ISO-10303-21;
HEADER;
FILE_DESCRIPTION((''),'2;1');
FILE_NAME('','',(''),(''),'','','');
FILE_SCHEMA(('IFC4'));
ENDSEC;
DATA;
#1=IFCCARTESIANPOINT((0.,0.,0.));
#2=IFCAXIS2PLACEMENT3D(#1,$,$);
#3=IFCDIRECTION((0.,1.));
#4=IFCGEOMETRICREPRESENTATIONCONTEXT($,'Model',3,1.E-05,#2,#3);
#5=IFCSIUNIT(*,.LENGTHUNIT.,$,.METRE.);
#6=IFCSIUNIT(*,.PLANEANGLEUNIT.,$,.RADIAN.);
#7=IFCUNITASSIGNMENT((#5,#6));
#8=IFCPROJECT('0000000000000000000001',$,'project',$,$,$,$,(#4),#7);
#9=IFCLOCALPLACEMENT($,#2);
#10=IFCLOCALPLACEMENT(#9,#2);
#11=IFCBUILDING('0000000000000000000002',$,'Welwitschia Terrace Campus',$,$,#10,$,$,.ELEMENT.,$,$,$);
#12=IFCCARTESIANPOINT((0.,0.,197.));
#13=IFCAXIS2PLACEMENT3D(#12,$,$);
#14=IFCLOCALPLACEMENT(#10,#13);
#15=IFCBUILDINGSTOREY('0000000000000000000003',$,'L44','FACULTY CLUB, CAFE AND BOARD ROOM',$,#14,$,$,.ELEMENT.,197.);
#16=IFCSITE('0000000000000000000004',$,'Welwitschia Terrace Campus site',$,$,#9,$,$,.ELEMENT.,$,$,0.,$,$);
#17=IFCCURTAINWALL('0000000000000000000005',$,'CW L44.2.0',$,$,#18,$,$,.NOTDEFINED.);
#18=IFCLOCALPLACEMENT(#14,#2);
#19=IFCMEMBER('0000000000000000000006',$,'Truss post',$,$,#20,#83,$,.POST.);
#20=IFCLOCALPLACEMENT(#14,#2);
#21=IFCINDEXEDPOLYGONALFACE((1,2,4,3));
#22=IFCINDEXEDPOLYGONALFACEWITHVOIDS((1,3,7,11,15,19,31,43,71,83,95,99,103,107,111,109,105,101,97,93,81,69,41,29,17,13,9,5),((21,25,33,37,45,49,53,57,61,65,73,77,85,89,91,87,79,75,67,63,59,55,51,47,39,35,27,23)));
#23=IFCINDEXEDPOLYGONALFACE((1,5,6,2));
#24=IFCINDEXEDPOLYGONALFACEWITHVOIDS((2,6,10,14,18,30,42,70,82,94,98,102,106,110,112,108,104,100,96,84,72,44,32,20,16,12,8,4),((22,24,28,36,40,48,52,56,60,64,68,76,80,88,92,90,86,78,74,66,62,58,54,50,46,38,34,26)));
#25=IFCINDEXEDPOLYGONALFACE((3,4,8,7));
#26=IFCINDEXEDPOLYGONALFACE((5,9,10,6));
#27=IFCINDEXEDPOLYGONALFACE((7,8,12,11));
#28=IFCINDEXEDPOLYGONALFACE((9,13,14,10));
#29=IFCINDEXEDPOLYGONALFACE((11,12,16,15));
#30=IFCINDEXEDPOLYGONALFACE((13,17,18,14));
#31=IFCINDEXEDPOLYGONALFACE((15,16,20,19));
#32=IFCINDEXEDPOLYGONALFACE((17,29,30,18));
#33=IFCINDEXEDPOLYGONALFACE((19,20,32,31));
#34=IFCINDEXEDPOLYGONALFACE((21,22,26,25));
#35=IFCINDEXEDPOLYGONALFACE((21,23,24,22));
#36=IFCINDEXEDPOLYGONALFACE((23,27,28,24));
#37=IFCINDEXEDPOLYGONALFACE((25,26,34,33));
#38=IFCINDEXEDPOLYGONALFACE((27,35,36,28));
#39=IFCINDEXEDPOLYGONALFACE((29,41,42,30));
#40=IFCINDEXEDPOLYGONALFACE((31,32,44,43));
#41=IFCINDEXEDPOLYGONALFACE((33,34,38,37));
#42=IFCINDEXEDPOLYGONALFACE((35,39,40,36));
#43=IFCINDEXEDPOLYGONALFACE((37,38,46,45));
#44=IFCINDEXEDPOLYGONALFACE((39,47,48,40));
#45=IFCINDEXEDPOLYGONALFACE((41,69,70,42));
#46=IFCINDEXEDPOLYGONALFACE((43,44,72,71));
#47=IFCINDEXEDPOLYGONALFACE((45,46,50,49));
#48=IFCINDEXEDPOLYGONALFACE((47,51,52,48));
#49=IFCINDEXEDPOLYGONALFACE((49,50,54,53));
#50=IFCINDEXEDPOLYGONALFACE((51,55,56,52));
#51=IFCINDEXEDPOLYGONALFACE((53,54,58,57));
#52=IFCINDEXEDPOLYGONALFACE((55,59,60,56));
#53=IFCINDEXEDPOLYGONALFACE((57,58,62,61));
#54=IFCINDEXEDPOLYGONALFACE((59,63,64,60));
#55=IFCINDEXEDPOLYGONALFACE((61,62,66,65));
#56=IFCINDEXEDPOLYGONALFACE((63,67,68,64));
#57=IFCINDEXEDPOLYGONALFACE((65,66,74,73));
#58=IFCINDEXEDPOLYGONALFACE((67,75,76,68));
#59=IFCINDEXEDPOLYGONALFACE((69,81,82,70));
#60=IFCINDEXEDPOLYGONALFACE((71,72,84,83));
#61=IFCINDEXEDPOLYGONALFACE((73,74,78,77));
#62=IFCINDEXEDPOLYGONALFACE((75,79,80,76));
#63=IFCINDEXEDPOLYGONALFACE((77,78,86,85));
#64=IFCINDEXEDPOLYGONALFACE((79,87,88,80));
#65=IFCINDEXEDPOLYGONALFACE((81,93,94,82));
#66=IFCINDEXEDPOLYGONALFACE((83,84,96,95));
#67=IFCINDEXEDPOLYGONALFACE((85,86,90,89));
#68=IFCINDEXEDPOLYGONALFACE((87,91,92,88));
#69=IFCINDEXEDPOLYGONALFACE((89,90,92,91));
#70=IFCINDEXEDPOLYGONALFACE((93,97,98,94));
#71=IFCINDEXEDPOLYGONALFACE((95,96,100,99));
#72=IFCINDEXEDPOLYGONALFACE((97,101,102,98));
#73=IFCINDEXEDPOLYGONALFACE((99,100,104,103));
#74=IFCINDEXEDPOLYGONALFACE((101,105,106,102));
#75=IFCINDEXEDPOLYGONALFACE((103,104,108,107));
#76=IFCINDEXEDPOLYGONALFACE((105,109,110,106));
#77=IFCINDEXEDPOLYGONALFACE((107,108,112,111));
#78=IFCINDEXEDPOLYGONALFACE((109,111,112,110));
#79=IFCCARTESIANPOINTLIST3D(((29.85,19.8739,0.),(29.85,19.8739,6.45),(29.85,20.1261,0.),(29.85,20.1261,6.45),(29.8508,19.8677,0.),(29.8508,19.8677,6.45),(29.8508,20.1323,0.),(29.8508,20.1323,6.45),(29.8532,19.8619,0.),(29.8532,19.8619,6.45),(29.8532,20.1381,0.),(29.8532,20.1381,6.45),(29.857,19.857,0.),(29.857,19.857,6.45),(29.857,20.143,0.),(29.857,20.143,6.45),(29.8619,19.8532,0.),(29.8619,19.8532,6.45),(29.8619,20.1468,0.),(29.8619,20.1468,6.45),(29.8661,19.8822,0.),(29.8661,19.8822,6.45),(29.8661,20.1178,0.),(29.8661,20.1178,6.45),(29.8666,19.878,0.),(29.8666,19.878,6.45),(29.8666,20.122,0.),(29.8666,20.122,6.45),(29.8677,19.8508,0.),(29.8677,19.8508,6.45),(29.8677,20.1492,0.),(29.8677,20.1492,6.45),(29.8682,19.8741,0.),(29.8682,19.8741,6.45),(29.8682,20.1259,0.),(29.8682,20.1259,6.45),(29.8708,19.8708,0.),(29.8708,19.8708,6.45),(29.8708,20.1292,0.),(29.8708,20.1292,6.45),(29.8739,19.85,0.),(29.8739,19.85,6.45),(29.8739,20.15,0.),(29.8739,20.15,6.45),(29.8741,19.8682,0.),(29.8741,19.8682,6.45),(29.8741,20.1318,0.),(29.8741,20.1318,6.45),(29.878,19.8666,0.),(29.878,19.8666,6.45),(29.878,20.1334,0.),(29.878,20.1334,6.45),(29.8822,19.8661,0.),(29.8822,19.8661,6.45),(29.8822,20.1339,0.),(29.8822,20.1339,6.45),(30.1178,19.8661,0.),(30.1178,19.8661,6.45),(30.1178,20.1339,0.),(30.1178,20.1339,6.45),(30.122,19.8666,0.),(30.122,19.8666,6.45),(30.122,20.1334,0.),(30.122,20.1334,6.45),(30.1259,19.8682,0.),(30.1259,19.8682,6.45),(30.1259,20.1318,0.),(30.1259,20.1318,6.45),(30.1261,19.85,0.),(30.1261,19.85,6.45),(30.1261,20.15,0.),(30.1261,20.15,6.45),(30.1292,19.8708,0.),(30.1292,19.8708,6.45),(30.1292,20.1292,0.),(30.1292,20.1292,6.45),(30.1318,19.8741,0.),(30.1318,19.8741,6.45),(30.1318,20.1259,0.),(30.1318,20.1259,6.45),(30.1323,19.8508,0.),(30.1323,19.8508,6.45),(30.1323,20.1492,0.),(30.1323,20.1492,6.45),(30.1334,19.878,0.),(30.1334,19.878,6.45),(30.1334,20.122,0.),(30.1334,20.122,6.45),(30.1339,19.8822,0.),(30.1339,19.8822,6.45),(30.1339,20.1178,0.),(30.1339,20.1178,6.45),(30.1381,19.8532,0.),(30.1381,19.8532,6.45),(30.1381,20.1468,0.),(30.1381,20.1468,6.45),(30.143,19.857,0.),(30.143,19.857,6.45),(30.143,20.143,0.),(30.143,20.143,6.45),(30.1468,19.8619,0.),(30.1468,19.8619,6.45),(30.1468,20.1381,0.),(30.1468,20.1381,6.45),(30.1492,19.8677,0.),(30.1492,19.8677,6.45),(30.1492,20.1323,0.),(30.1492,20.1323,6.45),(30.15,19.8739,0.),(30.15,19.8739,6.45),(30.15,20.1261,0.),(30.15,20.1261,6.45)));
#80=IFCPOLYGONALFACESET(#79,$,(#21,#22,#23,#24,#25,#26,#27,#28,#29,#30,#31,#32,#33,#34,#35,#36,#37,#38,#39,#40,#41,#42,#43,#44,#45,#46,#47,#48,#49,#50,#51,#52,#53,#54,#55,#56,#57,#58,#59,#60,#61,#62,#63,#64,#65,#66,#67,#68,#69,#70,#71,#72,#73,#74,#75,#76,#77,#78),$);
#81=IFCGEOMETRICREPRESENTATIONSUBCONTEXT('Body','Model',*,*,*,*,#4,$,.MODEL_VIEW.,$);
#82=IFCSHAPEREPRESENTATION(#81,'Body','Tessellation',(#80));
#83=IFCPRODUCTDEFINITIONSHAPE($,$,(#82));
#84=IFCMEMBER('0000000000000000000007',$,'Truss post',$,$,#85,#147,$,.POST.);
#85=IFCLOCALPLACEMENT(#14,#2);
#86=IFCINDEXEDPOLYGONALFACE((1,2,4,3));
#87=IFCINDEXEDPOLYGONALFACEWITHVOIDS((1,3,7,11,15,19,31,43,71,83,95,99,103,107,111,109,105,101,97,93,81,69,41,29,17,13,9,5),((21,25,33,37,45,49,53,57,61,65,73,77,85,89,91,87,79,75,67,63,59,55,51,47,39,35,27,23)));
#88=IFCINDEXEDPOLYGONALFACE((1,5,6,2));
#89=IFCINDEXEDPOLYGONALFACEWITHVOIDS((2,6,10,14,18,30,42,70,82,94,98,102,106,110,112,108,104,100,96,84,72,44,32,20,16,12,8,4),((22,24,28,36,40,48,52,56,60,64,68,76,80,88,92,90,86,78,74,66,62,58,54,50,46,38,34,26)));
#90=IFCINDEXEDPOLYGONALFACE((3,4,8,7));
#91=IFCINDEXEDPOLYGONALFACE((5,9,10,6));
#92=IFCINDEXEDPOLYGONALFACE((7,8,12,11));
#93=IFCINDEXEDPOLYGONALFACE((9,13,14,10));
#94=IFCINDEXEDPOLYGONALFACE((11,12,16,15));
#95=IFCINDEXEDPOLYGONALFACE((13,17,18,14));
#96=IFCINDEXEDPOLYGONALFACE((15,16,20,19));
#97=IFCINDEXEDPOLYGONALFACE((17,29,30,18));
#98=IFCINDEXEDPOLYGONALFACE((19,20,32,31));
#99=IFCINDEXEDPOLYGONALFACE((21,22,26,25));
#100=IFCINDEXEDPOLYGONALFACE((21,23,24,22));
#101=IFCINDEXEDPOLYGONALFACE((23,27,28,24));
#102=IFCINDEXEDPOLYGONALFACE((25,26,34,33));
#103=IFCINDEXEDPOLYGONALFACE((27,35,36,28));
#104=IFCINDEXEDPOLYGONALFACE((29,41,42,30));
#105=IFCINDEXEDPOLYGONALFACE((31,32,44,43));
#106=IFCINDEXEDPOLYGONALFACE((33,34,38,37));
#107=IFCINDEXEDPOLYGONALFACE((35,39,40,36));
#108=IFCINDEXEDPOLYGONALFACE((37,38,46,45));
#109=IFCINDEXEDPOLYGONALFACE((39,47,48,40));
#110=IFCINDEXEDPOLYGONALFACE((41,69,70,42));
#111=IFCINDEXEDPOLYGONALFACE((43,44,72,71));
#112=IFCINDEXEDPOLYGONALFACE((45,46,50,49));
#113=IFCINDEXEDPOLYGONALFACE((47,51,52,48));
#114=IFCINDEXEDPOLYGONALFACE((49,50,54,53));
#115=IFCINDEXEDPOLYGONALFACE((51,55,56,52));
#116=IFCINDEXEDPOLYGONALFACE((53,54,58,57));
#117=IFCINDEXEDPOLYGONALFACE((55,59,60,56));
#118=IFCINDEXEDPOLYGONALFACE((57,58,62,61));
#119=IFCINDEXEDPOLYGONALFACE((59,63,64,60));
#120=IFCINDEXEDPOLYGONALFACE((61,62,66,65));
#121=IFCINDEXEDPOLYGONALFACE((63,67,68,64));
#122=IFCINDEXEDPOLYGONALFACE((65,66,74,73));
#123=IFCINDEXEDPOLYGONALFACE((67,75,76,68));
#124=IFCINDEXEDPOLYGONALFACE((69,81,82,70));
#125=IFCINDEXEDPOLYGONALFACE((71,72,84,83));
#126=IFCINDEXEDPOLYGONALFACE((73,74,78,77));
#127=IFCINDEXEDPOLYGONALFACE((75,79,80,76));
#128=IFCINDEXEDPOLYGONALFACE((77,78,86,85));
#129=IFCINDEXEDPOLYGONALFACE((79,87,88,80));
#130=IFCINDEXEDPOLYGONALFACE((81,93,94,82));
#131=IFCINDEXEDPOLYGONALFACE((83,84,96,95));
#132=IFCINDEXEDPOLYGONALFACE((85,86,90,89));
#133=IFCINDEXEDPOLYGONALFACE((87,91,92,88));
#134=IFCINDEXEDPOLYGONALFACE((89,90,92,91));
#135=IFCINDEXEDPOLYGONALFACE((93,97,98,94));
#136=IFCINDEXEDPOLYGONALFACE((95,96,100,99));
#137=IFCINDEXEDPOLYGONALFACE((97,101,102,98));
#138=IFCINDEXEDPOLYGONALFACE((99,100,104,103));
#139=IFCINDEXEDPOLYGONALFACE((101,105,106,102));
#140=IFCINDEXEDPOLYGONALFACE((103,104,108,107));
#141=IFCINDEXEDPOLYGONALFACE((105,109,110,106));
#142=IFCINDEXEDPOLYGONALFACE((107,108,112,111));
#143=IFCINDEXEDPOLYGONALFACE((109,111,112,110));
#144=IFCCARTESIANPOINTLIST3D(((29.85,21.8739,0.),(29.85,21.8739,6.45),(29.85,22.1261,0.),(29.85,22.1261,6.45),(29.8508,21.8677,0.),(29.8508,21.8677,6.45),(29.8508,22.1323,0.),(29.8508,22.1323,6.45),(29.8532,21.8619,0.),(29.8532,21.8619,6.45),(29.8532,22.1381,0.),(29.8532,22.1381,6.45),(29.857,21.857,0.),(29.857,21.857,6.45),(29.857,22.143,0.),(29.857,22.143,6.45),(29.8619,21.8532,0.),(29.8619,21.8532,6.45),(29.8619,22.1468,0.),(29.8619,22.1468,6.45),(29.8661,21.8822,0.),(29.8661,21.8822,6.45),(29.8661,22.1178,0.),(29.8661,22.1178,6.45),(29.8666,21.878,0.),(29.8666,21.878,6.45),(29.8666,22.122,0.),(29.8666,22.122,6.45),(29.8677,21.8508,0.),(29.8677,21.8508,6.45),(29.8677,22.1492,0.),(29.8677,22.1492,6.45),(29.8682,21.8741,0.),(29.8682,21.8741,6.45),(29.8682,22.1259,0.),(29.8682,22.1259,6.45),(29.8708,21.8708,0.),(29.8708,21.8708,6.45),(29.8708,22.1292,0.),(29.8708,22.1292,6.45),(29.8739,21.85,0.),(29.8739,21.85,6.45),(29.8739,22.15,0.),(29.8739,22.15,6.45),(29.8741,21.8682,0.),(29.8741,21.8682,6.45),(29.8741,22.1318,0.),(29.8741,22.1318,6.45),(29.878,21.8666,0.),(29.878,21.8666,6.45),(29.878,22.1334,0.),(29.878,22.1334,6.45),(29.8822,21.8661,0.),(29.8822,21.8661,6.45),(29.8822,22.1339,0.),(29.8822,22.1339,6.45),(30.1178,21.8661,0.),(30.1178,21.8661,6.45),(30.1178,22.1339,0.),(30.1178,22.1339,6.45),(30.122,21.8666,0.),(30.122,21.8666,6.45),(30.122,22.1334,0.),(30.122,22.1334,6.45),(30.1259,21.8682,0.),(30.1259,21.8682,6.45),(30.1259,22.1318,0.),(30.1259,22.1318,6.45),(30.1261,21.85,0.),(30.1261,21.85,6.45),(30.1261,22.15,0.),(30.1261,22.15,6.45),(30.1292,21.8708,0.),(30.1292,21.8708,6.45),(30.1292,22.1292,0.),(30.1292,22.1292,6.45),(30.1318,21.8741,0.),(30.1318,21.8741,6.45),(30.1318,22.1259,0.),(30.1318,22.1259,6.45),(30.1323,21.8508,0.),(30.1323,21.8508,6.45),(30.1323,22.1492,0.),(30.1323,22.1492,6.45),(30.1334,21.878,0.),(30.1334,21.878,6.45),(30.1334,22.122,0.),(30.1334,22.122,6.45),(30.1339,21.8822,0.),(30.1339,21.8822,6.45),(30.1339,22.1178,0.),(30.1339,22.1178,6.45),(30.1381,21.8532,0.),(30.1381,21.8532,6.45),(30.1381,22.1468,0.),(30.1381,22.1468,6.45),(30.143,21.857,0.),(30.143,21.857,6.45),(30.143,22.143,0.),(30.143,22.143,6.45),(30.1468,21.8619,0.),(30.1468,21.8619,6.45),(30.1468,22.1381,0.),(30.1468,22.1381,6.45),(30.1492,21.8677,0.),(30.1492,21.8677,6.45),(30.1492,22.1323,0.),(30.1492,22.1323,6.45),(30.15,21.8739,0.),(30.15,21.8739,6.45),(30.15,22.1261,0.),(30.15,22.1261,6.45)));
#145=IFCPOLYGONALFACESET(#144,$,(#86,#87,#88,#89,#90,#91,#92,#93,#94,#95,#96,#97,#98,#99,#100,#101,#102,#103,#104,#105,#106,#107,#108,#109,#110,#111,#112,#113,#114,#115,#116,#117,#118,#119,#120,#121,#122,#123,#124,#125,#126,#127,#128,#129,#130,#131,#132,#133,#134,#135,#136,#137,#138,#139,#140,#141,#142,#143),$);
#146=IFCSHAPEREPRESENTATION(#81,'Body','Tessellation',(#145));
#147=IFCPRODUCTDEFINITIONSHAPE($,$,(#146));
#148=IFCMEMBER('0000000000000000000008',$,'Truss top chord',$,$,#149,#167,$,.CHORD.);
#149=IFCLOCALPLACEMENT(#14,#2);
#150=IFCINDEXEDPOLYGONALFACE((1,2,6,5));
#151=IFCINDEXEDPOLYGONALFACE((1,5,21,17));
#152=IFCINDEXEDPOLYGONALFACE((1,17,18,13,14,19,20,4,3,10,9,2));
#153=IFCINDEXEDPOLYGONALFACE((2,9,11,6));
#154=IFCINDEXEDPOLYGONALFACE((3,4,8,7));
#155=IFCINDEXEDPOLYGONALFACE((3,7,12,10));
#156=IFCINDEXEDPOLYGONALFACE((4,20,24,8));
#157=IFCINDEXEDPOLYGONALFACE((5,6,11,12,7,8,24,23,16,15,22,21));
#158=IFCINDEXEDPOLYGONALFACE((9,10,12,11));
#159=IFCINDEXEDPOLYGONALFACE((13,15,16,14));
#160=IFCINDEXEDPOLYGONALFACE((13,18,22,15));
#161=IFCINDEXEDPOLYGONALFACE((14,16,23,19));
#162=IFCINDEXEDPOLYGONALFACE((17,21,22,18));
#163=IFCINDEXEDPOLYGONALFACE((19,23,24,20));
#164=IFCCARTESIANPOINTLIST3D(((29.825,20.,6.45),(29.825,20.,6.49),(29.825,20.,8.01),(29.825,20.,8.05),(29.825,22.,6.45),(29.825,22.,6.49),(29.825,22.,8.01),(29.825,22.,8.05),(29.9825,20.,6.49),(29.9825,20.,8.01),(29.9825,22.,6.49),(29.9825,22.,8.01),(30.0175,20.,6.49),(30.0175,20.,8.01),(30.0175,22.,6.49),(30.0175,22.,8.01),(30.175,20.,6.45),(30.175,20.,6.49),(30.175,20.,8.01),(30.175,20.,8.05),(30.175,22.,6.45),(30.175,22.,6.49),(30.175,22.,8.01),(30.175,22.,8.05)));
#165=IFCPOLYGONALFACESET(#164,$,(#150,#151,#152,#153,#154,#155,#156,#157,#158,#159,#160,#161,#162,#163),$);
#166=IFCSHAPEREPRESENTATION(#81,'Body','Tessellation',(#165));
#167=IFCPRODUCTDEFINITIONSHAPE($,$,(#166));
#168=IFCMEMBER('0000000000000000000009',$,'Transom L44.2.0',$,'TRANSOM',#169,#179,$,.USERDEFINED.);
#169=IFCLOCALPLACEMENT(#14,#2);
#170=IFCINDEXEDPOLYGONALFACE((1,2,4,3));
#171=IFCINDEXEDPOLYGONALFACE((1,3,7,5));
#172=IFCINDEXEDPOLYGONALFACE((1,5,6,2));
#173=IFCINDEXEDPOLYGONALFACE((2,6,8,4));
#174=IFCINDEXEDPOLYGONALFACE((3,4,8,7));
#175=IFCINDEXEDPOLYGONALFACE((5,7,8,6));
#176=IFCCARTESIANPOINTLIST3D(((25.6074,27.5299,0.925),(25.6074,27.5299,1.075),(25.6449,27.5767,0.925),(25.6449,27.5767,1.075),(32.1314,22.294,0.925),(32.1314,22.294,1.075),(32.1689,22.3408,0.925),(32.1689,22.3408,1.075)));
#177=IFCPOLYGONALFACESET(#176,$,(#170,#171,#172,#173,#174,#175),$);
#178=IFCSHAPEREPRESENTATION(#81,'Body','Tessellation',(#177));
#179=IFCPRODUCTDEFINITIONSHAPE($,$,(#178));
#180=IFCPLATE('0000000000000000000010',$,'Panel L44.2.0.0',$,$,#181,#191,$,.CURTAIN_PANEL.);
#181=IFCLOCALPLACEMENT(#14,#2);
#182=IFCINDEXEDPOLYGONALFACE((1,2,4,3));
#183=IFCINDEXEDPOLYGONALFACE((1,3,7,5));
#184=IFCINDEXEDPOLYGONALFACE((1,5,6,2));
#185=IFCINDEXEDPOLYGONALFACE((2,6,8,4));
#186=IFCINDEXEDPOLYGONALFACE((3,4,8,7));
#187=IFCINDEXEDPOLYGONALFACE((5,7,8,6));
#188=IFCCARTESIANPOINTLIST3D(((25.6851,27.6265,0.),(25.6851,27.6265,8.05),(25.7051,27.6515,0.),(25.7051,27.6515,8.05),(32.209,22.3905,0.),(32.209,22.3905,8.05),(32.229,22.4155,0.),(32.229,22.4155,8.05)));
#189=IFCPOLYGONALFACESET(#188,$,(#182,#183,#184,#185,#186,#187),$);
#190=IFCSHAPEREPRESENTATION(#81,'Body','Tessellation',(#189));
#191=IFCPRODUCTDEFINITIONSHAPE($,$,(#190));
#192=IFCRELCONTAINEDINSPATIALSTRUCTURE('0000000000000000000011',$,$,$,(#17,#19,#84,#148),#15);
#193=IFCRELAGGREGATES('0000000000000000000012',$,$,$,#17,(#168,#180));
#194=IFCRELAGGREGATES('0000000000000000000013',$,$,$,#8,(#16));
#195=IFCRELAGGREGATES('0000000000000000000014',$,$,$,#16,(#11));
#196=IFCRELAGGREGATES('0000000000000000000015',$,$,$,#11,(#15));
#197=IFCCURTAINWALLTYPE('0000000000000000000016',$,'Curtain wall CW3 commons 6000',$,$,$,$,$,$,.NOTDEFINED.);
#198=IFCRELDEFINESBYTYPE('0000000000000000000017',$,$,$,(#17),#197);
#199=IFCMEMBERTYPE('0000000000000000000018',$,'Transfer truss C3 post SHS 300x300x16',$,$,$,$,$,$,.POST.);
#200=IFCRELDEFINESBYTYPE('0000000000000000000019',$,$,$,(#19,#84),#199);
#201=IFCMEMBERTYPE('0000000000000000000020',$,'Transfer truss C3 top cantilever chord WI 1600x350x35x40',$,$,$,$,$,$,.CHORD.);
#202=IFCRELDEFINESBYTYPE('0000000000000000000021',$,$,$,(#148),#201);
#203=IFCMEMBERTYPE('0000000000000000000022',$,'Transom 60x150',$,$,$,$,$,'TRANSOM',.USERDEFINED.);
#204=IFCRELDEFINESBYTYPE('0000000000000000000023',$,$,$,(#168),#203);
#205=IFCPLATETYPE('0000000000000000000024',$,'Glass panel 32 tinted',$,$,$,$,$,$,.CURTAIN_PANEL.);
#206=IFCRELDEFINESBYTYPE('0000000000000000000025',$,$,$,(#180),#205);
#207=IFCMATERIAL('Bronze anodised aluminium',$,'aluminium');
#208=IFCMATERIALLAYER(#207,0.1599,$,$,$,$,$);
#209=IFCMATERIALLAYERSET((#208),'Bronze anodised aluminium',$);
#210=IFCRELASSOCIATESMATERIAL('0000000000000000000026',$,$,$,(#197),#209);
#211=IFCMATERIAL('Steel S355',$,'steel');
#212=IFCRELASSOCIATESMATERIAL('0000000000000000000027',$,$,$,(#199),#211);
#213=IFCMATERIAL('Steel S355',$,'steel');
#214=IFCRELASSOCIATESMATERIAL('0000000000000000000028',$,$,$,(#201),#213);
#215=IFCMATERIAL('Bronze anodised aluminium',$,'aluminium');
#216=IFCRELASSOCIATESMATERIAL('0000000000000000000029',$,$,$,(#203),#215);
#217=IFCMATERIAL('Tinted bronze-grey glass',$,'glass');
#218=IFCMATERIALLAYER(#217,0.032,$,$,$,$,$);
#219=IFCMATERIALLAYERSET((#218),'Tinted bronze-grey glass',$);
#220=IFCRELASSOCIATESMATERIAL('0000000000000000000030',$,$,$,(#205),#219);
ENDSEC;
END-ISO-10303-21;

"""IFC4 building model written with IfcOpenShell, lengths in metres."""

from ifc_helpers import new_model, si_unit, direction, frame, origin, origin_2d, place, context, subcontext, project, spatial, rectangle, hollow_rectangle, i_section, extrude, material, layer, layer_set, material_profile, profile_set, type_object, element, aggregate, save


model = new_model("IFC4")

# Units and contexts
model_context = context("Model", 3, precision=1e-05, world=origin(), true_north=direction((0.0, 1.0)))
body_context = subcontext(model_context, "Body", "Model", "MODEL_VIEW")
ifc_project = project(units=[si_unit("LENGTHUNIT", "METRE"), si_unit("PLANEANGLEUNIT", "RADIAN")], contexts=[model_context])

# Site, building, storey
site_placement = place(None, origin())
site = spatial("IfcSite", under=ifc_project, at=site_placement, Name="Welwitschia Terrace Campus site", CompositionType="ELEMENT", RefElevation=0.0)
building_placement = place(site_placement, origin())
building = spatial("IfcBuilding", under=site, at=building_placement, Name="Welwitschia Terrace Campus", CompositionType="ELEMENT")
storey_placement = place(building_placement, frame((0.0, 0.0, 197.0)))
storey = spatial("IfcBuildingStorey", under=building, at=storey_placement, Name="L44", Description="FACULTY CLUB, CAFE AND BOARD ROOM", CompositionType="ELEMENT", Elevation=197.0)

# Curtain wall
ifc_material_1 = material(Name="Bronze anodised aluminium", Category="aluminium")
ifc_layer_1 = layer(ifc_material_1, 0.1599)
ifc_layer_set_1 = layer_set([ifc_layer_1], Name="Bronze anodised aluminium")
curtain_wall_type = type_object("IfcCurtainWallType", Name="Curtain wall CW3 commons 6000", PredefinedType="NOTDEFINED", material=ifc_layer_set_1)
curtain_wall_1_placement = place(storey_placement, origin())
curtain_wall_1 = element("IfcCurtainWall", 1, at=curtain_wall_1_placement, inside=storey, type_object=curtain_wall_type, Name="CW L44.2.0", PredefinedType="NOTDEFINED")

# Members
ifc_material_2 = material(Name="Steel S355", Category="steel")
ifc_material_profile_1 = material_profile(ifc_material_2, hollow_rectangle(XDim=0.3, YDim=0.3, WallThickness=0.0161, InnerFilletRadius=0.0161, OuterFilletRadius=0.0239, at=origin_2d()))
ifc_profile_set_1 = profile_set([ifc_material_profile_1], Name="Steel S355")
member_type_1 = type_object("IfcMemberType", Name="Transfer truss C3 post SHS 300x300x16", PredefinedType="POST", material=ifc_profile_set_1)
for number, where, z_axis, x_axis, name in (
    (2, (30.0, 20.0, 0.0), (0.0, 0.0, 1.0), (1.0, 0.0, 0.0), "Truss post"),
    (3, (30.0, 22.0, 0.0), (0.0, 0.0, 1.0), (1.0, 0.0, 0.0), "Truss post"),
):
    element("IfcMember", number, at=place(storey_placement, frame(where, z_axis=z_axis, x_axis=x_axis)), inside=storey, type_object=member_type_1, Name=name, PredefinedType="POST", context=body_context, shape_type="SweptSolid", body=[
        extrude(hollow_rectangle(XDim=0.3, YDim=0.3, WallThickness=0.0161, InnerFilletRadius=0.0161, OuterFilletRadius=0.0239, at=origin_2d()), origin(), (0.0, 0.0, 1.0), 6.45),
    ])
ifc_material_3 = material(Name="Steel S355", Category="steel")
ifc_material_profile_2 = material_profile(ifc_material_3, i_section(OverallWidth=0.3501, OverallDepth=1.6001, WebThickness=0.0349, FlangeThickness=0.04, at=origin_2d()))
ifc_profile_set_2 = profile_set([ifc_material_profile_2], Name="Steel S355")
member_type_2 = type_object("IfcMemberType", Name="Transfer truss C3 top cantilever chord WI 1600x350x35x40", PredefinedType="CHORD", material=ifc_profile_set_2)
member_1_placement = place(storey_placement, frame((30.0, 20.0, 7.25), z_axis=(0.0, 1.0, 0.0), x_axis=(-1.0, 0.0, 0.0)))
element("IfcMember", 4, at=member_1_placement, inside=storey, type_object=member_type_2, Name="Truss top chord", PredefinedType="CHORD", context=body_context, shape_type="SweptSolid", body=[
    extrude(i_section(OverallWidth=0.3501, OverallDepth=1.6001, WebThickness=0.0349, FlangeThickness=0.04, at=origin_2d()), origin(), (0.0, 0.0, 1.0), 2.0),
])

# Member
ifc_material_4 = material(Name="Bronze anodised aluminium", Category="aluminium")
ifc_material_profile_3 = material_profile(ifc_material_4, rectangle(XDim=0.0601, YDim=0.1499, at=origin_2d()))
ifc_profile_set_3 = profile_set([ifc_material_profile_3], Name="Bronze anodised aluminium")
member_type_3 = type_object("IfcMemberType", Name="Transom 60x150", ElementType="TRANSOM", PredefinedType="USERDEFINED", material=ifc_profile_set_3)
member_2_placement = place(storey_placement, frame((32.1501, 22.3174, 1.0), z_axis=(-0.779894, 0.625912, 0.0), x_axis=(-0.625912, -0.779894, 0.0)))
member_2 = element("IfcMember", 5, at=member_2_placement, type_object=member_type_3, Name="Transom L44.2.0", ObjectType="TRANSOM", PredefinedType="USERDEFINED", context=body_context, shape_type="SweptSolid", body=[
    extrude(rectangle(XDim=0.0601, YDim=0.1499, at=origin_2d()), origin(), (0.0, 0.0, 1.0), 8.3652),
])

# Plate
ifc_material_5 = material(Name="Tinted bronze-grey glass", Category="glass")
ifc_layer_2 = layer(ifc_material_5, 0.032)
ifc_layer_set_2 = layer_set([ifc_layer_2], Name="Tinted bronze-grey glass")
plate_type = type_object("IfcPlateType", Name="Glass panel 32 tinted", PredefinedType="CURTAIN_PANEL", material=ifc_layer_set_2)
plate_placement = place(storey_placement, frame((28.957, 25.021, 0.0), z_axis=(0.0, 0.0, 1.0), x_axis=(-0.779884, 0.625923, 0.0)))
plate = element("IfcPlate", 6, at=plate_placement, type_object=plate_type, Name="Panel L44.2.0.0", PredefinedType="CURTAIN_PANEL", context=body_context, shape_type="SweptSolid", body=[
    extrude(rectangle(XDim=8.3652, YDim=0.032, at=origin_2d()), origin(), (0.0, 0.0, 1.0), 8.05),
])
aggregate(curtain_wall_1, [member_2, plate])

save(model, "model.ifc")
